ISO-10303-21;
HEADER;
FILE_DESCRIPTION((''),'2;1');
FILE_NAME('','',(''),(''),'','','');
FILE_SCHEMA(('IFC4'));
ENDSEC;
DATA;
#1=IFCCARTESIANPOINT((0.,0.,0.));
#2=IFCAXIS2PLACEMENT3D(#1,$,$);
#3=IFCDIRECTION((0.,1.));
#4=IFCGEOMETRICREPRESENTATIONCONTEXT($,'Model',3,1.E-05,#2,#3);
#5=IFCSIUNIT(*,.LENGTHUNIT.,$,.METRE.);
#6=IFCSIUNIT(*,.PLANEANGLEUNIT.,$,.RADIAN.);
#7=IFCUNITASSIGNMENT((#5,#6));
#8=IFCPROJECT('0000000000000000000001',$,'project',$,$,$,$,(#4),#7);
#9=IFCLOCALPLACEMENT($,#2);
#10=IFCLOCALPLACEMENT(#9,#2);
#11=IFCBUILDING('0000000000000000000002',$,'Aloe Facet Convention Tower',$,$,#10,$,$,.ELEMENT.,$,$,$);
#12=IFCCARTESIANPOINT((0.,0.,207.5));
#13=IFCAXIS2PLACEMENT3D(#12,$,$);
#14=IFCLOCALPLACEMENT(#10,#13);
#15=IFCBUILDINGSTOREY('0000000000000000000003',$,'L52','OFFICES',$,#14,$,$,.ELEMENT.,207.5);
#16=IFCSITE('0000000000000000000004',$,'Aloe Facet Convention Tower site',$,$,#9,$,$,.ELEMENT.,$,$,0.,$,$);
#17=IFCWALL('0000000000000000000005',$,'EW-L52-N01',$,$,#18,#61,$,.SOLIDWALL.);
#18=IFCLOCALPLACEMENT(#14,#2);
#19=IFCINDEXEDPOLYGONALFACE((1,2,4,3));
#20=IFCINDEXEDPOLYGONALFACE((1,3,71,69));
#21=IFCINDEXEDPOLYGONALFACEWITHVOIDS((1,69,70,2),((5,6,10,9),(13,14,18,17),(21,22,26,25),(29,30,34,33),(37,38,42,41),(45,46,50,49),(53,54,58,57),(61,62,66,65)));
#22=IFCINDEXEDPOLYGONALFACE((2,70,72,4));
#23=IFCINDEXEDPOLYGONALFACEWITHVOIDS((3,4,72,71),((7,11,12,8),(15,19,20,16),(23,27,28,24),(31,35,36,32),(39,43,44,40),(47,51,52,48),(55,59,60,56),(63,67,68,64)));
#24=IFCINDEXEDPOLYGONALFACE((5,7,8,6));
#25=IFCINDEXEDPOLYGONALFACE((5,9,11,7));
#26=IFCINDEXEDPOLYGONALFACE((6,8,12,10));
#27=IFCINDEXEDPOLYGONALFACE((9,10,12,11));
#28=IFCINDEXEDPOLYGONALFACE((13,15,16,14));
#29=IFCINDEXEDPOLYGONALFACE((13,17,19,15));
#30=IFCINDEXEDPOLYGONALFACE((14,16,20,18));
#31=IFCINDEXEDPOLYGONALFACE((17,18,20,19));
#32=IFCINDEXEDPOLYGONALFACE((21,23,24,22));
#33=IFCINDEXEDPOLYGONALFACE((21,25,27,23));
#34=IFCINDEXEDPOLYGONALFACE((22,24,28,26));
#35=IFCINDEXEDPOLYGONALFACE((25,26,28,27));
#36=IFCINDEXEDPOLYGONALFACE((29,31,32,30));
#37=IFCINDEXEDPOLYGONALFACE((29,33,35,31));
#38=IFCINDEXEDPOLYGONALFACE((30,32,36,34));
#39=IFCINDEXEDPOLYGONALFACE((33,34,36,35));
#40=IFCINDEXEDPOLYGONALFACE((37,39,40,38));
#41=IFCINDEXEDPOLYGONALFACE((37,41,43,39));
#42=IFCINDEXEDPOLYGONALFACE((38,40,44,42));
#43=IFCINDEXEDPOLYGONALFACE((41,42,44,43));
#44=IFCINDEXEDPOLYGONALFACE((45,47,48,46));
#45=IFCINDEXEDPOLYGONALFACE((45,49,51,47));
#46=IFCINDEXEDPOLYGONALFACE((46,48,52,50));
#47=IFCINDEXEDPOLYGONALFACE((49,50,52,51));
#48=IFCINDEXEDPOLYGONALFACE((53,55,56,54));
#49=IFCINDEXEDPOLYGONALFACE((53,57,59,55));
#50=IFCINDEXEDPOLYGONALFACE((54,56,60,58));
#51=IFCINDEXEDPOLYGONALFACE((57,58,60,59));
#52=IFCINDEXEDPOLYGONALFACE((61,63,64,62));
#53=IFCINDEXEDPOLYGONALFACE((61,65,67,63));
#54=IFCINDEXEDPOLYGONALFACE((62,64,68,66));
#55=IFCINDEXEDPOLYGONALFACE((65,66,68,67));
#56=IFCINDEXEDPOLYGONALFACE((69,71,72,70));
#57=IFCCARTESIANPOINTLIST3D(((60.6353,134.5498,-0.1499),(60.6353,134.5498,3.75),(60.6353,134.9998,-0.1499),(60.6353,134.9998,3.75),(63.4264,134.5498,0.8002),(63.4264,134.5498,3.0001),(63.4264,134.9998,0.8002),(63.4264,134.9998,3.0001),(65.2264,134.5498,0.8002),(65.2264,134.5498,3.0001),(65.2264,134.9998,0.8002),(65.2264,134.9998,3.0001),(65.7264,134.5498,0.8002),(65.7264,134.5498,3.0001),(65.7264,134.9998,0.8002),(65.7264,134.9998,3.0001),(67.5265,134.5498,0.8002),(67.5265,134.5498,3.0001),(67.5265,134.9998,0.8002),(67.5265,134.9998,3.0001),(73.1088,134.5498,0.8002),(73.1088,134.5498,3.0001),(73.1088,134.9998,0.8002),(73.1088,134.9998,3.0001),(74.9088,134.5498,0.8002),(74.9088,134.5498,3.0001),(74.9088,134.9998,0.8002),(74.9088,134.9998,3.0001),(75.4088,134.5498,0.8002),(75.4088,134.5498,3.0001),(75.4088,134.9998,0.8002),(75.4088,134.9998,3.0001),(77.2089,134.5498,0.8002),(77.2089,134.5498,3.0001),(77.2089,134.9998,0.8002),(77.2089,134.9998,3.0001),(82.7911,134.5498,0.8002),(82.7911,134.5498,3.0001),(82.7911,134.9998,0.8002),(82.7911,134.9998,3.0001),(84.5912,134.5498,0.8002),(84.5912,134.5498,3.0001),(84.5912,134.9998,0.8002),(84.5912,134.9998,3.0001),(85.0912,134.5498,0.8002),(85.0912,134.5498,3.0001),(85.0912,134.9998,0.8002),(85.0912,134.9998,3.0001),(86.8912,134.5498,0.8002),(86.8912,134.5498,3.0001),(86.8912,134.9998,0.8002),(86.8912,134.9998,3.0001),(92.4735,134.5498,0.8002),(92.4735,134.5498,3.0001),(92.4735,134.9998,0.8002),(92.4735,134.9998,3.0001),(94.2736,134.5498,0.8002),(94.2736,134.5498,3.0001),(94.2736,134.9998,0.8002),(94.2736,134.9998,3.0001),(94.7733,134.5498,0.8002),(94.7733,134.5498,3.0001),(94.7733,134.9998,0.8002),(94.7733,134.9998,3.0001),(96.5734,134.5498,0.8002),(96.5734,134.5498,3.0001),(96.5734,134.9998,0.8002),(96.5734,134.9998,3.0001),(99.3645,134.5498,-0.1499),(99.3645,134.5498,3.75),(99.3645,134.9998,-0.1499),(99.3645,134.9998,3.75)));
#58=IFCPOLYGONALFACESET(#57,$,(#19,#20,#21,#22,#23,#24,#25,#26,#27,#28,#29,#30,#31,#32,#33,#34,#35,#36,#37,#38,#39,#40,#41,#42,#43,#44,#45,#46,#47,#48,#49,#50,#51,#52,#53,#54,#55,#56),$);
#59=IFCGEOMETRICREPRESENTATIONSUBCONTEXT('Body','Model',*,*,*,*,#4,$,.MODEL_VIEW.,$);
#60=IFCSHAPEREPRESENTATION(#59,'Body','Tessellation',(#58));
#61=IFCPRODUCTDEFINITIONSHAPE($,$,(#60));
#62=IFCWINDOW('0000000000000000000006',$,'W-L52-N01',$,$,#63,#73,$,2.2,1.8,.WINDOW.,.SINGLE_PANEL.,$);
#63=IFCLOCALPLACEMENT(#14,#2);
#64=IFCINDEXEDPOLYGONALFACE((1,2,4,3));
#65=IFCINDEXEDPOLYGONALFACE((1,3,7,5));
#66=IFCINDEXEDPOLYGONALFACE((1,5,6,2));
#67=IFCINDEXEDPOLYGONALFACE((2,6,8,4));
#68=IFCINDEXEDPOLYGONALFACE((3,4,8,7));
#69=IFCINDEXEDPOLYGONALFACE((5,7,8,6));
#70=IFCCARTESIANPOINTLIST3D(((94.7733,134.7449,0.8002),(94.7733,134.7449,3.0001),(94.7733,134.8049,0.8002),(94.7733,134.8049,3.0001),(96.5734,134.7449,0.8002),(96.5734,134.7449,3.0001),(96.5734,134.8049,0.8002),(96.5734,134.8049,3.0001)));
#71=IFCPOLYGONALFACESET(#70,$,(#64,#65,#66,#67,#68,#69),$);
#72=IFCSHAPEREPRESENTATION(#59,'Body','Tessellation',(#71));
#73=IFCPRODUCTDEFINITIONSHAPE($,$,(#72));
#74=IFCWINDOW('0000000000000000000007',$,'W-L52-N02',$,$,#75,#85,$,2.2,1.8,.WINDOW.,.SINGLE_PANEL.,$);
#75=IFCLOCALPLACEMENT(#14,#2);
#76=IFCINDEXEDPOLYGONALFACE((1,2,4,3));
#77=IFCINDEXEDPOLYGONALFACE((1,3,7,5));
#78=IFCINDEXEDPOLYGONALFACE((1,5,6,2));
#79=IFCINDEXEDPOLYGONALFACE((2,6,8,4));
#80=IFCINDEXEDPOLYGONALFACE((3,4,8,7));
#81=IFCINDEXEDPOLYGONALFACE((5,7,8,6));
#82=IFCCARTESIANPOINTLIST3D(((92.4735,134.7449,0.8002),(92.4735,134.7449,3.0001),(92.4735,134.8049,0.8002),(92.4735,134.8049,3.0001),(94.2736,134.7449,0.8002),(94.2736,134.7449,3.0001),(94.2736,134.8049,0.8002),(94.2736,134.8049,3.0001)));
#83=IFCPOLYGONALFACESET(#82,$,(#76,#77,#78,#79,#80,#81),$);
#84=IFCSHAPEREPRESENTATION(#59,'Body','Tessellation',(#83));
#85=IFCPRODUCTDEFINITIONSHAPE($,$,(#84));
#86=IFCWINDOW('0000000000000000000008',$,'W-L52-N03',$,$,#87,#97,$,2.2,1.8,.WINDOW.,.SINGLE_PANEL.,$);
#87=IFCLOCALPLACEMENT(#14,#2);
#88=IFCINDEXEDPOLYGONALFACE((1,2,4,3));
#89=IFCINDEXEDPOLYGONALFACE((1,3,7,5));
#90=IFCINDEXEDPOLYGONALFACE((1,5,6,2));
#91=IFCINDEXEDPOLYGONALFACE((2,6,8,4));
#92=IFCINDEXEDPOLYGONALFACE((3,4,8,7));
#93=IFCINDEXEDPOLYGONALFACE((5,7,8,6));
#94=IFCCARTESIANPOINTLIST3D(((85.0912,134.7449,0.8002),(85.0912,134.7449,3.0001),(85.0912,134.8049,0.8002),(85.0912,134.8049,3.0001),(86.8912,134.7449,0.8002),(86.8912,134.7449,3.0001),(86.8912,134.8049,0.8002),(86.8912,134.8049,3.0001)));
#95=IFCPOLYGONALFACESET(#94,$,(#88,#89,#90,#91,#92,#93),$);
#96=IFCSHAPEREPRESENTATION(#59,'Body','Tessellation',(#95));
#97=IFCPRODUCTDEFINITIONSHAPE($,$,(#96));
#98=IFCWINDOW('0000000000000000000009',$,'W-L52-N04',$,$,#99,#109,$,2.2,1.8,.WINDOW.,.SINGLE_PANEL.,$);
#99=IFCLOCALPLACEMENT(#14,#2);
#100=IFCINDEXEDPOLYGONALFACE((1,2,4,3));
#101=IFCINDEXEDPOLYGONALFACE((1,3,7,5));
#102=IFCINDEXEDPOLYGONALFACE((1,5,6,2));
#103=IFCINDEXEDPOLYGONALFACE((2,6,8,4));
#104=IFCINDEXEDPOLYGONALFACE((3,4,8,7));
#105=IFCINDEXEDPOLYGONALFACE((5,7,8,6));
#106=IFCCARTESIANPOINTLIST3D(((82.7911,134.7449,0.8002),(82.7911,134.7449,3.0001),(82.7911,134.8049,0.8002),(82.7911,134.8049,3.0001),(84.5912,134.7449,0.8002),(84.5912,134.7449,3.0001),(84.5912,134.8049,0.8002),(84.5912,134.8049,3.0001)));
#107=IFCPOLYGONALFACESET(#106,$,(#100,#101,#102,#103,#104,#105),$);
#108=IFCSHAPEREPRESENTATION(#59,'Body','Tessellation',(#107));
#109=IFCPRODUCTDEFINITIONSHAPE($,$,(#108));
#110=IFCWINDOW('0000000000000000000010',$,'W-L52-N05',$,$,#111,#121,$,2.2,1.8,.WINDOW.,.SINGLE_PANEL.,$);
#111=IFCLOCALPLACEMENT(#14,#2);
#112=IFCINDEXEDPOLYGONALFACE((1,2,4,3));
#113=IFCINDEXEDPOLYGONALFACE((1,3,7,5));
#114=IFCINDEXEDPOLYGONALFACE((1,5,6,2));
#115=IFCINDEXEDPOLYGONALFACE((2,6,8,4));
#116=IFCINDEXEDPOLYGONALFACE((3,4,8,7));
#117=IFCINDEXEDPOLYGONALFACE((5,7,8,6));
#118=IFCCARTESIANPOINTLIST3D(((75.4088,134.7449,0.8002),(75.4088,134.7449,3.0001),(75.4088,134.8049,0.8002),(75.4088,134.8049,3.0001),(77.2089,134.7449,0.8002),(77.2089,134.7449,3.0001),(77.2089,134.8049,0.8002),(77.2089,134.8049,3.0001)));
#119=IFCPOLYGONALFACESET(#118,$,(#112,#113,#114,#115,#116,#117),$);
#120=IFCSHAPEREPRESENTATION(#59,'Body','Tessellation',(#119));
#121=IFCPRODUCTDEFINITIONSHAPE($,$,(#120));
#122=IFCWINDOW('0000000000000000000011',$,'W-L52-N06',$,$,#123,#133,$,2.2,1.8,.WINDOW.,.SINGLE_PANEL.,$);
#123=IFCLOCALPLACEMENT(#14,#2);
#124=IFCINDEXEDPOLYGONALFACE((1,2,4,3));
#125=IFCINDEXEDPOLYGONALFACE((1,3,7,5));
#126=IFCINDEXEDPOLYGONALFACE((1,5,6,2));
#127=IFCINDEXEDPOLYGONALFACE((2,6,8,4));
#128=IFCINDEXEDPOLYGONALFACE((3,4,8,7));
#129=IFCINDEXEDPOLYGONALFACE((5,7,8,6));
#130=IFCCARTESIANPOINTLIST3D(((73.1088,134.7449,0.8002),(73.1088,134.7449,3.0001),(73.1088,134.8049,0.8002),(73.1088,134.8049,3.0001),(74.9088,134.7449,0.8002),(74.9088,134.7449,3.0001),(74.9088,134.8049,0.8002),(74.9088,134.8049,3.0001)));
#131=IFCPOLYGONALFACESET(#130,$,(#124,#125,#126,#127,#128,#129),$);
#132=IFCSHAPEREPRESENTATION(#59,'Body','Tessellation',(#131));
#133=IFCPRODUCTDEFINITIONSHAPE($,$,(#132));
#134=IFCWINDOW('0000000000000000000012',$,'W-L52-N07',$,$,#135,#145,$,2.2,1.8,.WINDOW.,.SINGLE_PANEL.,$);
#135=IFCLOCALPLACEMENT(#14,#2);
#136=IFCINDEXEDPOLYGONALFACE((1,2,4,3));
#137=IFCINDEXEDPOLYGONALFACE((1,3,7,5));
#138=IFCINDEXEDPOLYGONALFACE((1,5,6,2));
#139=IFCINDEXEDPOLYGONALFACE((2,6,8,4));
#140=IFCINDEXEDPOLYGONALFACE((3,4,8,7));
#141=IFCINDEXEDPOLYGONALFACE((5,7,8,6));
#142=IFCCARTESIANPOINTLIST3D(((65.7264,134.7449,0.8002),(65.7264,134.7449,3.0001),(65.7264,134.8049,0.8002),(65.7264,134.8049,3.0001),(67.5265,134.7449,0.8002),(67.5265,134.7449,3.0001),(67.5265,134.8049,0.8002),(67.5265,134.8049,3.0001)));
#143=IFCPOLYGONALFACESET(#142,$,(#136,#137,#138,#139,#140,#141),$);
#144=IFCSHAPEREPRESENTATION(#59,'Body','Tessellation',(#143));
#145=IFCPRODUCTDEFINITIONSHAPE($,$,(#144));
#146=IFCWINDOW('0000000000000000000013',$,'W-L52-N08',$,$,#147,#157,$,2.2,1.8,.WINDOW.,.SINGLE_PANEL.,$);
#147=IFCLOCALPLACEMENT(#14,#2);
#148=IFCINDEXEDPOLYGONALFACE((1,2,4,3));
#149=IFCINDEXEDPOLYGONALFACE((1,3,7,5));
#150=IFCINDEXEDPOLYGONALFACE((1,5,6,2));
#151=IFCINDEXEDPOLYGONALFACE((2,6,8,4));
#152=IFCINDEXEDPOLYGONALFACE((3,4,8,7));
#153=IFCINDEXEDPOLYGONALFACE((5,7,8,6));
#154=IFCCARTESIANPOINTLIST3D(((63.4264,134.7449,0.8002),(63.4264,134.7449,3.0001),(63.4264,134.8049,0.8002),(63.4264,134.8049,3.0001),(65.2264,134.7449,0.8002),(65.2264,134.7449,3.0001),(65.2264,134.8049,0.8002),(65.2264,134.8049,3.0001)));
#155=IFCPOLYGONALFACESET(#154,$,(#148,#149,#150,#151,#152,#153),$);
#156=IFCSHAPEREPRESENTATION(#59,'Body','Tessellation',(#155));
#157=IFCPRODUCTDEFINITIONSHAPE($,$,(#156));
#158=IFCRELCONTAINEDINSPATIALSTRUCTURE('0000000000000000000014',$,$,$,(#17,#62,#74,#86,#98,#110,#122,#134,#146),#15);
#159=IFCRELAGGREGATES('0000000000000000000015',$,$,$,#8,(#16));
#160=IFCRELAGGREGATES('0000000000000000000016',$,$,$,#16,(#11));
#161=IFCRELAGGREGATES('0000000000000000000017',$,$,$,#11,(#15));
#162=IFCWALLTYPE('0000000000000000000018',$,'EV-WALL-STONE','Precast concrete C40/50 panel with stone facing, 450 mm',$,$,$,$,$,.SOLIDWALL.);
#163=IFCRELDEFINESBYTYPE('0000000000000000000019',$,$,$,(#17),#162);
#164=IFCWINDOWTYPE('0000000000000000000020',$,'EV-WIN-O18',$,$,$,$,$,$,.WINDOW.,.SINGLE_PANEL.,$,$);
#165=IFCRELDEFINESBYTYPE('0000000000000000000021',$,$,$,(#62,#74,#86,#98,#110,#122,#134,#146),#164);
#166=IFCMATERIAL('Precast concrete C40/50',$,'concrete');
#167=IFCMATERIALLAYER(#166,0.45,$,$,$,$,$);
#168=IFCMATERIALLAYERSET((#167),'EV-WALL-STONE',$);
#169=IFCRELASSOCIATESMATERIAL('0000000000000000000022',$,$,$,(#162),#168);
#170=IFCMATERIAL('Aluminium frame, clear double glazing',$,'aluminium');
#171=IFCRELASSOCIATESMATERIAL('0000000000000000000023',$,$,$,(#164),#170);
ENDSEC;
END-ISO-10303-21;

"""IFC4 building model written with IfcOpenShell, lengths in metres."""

from ifc_helpers import new_model, si_unit, direction, frame, frame_2d, origin, place, context, subcontext, project, spatial, polyline, rectangle, outline, extrude, material, layer, layer_set, type_object, element, fill, save


model = new_model("IFC4")

# Units and contexts
model_context = context("Model", 3, precision=1e-05, world=origin(), true_north=direction((0.0, 1.0)))
body_context = subcontext(model_context, "Body", "Model", "MODEL_VIEW")
ifc_project = project(units=[si_unit("LENGTHUNIT", "METRE"), si_unit("PLANEANGLEUNIT", "RADIAN")], contexts=[model_context])

# Site, building, storey
site_placement = place(None, origin())
site = spatial("IfcSite", under=ifc_project, at=site_placement, Name="Aloe Facet Convention Tower site", CompositionType="ELEMENT", RefElevation=0.0)
building_placement = place(site_placement, origin())
building = spatial("IfcBuilding", under=site, at=building_placement, Name="Aloe Facet Convention Tower", CompositionType="ELEMENT")
storey_placement = place(building_placement, frame((0.0, 0.0, 207.5)))
storey = spatial("IfcBuildingStorey", under=building, at=storey_placement, Name="L52", Description="OFFICES", CompositionType="ELEMENT", Elevation=207.5)

# Wall, openings, windows
ifc_material_1 = material(Name="Precast concrete C40/50", Category="concrete")
ifc_layer_1 = layer(ifc_material_1, 0.45)
ifc_layer_set_1 = layer_set([ifc_layer_1], Name="EV-WALL-STONE")
wall_type_1 = type_object("IfcWallType", Name="EV-WALL-STONE", Description="Precast concrete C40/50 panel with stone facing, 450 mm", PredefinedType="SOLIDWALL", material=ifc_layer_set_1)
wall_1_placement = place(storey_placement, frame((99.3645, 134.7749, -0.1499), z_axis=(0.0, 0.0, 1.0), x_axis=(-1.0, 0.0, 0.0)))
wall_1 = element("IfcWall", 1, at=wall_1_placement, inside=storey, type_object=wall_type_1, Name="EW-L52-N01", PredefinedType="SOLIDWALL", context=body_context, shape_type="SweptSolid", body=[
    extrude(outline(polyline([(38.7292, 0.0), (38.7292, 3.8999), (0.0, 3.8999), (0.0, 0.0), (38.7292, 0.0)])), frame((0.0, 0.2251, 0.0), z_axis=(0.0, -1.0, 0.0), x_axis=(1.0, 0.0, 0.0)), (0.0, 0.0, 1.0), 0.45),
])
opening_1_placement = place(wall_1_placement, frame((2.7913, 0.0, 0.95)))
opening_1 = element("IfcOpeningElement", 2, at=opening_1_placement, cuts=wall_1, PredefinedType="OPENING", context=body_context, shape_type="SweptSolid", body=[
    extrude(rectangle(XDim=1.8, YDim=2.2, at=frame_2d((0.8999, 1.1001))), frame((0.0, 0.2349, 0.0), z_axis=(0.0, -1.0, 0.0), x_axis=(1.0, 0.0, 0.0)), (0.0, 0.0, 1.0), 0.47),
])
opening_2_placement = place(wall_1_placement, frame((5.0911, 0.0, 0.95)))
opening_2 = element("IfcOpeningElement", 3, at=opening_2_placement, cuts=wall_1, PredefinedType="OPENING", context=body_context, shape_type="SweptSolid", body=[
    extrude(rectangle(XDim=1.8, YDim=2.2, at=frame_2d((0.8999, 1.1001))), frame((0.0, 0.2349, 0.0), z_axis=(0.0, -1.0, 0.0), x_axis=(1.0, 0.0, 0.0)), (0.0, 0.0, 1.0), 0.47),
])
opening_3_placement = place(wall_1_placement, frame((12.4734, 0.0, 0.95)))
opening_3 = element("IfcOpeningElement", 4, at=opening_3_placement, cuts=wall_1, PredefinedType="OPENING", context=body_context, shape_type="SweptSolid", body=[
    extrude(rectangle(XDim=1.8, YDim=2.2, at=frame_2d((0.8999, 1.1001))), frame((0.0, 0.2349, 0.0), z_axis=(0.0, -1.0, 0.0), x_axis=(1.0, 0.0, 0.0)), (0.0, 0.0, 1.0), 0.47),
])
opening_4_placement = place(wall_1_placement, frame((14.7734, 0.0, 0.95)))
opening_4 = element("IfcOpeningElement", 5, at=opening_4_placement, cuts=wall_1, PredefinedType="OPENING", context=body_context, shape_type="SweptSolid", body=[
    extrude(rectangle(XDim=1.8, YDim=2.2, at=frame_2d((0.8999, 1.1001))), frame((0.0, 0.2349, 0.0), z_axis=(0.0, -1.0, 0.0), x_axis=(1.0, 0.0, 0.0)), (0.0, 0.0, 1.0), 0.47),
])
opening_5_placement = place(wall_1_placement, frame((22.1558, 0.0, 0.95)))
opening_5 = element("IfcOpeningElement", 6, at=opening_5_placement, cuts=wall_1, PredefinedType="OPENING", context=body_context, shape_type="SweptSolid", body=[
    extrude(rectangle(XDim=1.8, YDim=2.2, at=frame_2d((0.8999, 1.1001))), frame((0.0, 0.2349, 0.0), z_axis=(0.0, -1.0, 0.0), x_axis=(1.0, 0.0, 0.0)), (0.0, 0.0, 1.0), 0.47),
])
opening_6_placement = place(wall_1_placement, frame((24.4558, 0.0, 0.95)))
opening_6 = element("IfcOpeningElement", 7, at=opening_6_placement, cuts=wall_1, PredefinedType="OPENING", context=body_context, shape_type="SweptSolid", body=[
    extrude(rectangle(XDim=1.8, YDim=2.2, at=frame_2d((0.8999, 1.1001))), frame((0.0, 0.2349, 0.0), z_axis=(0.0, -1.0, 0.0), x_axis=(1.0, 0.0, 0.0)), (0.0, 0.0, 1.0), 0.47),
])
opening_7_placement = place(wall_1_placement, frame((31.8381, 0.0, 0.95)))
opening_7 = element("IfcOpeningElement", 8, at=opening_7_placement, cuts=wall_1, PredefinedType="OPENING", context=body_context, shape_type="SweptSolid", body=[
    extrude(rectangle(XDim=1.8, YDim=2.2, at=frame_2d((0.8999, 1.1001))), frame((0.0, 0.2349, 0.0), z_axis=(0.0, -1.0, 0.0), x_axis=(1.0, 0.0, 0.0)), (0.0, 0.0, 1.0), 0.47),
])
opening_8_placement = place(wall_1_placement, frame((34.1382, 0.0, 0.95)))
opening_8 = element("IfcOpeningElement", 9, at=opening_8_placement, cuts=wall_1, PredefinedType="OPENING", context=body_context, shape_type="SweptSolid", body=[
    extrude(rectangle(XDim=1.8, YDim=2.2, at=frame_2d((0.8999, 1.1001))), frame((0.0, 0.2349, 0.0), z_axis=(0.0, -1.0, 0.0), x_axis=(1.0, 0.0, 0.0)), (0.0, 0.0, 1.0), 0.47),
])
ifc_material_2 = material(Name="Aluminium frame, clear double glazing", Category="aluminium")
window_type = type_object("IfcWindowType", Name="EV-WIN-O18", PartitioningType="SINGLE_PANEL", PredefinedType="WINDOW", material=ifc_material_2)
window_1_placement = place(opening_1_placement, origin())
window_1 = element("IfcWindow", 10, at=window_1_placement, inside=storey, type_object=window_type, Name="W-L52-N01", OverallHeight=2.2, OverallWidth=1.8, PartitioningType="SINGLE_PANEL", PredefinedType="WINDOW", context=body_context, shape_type="SweptSolid", body=[
    extrude(rectangle(XDim=1.8, YDim=2.2, at=frame_2d((0.8999, 1.1001))), frame((0.0, 0.03, 0.0), z_axis=(0.0, -1.0, 0.0), x_axis=(1.0, 0.0, 0.0)), (0.0, 0.0, 1.0), 0.0601),
])
fill(opening_1, window_1)
window_2_placement = place(opening_2_placement, origin())
window_2 = element("IfcWindow", 11, at=window_2_placement, inside=storey, type_object=window_type, Name="W-L52-N02", OverallHeight=2.2, OverallWidth=1.8, PartitioningType="SINGLE_PANEL", PredefinedType="WINDOW", context=body_context, shape_type="SweptSolid", body=[
    extrude(rectangle(XDim=1.8, YDim=2.2, at=frame_2d((0.8999, 1.1001))), frame((0.0, 0.03, 0.0), z_axis=(0.0, -1.0, 0.0), x_axis=(1.0, 0.0, 0.0)), (0.0, 0.0, 1.0), 0.0601),
])
fill(opening_2, window_2)
window_3_placement = place(opening_3_placement, origin())
window_3 = element("IfcWindow", 12, at=window_3_placement, inside=storey, type_object=window_type, Name="W-L52-N03", OverallHeight=2.2, OverallWidth=1.8, PartitioningType="SINGLE_PANEL", PredefinedType="WINDOW", context=body_context, shape_type="SweptSolid", body=[
    extrude(rectangle(XDim=1.8, YDim=2.2, at=frame_2d((0.8999, 1.1001))), frame((0.0, 0.03, 0.0), z_axis=(0.0, -1.0, 0.0), x_axis=(1.0, 0.0, 0.0)), (0.0, 0.0, 1.0), 0.0601),
])
fill(opening_3, window_3)
window_4_placement = place(opening_4_placement, origin())
window_4 = element("IfcWindow", 13, at=window_4_placement, inside=storey, type_object=window_type, Name="W-L52-N04", OverallHeight=2.2, OverallWidth=1.8, PartitioningType="SINGLE_PANEL", PredefinedType="WINDOW", context=body_context, shape_type="SweptSolid", body=[
    extrude(rectangle(XDim=1.8, YDim=2.2, at=frame_2d((0.8999, 1.1001))), frame((0.0, 0.03, 0.0), z_axis=(0.0, -1.0, 0.0), x_axis=(1.0, 0.0, 0.0)), (0.0, 0.0, 1.0), 0.0601),
])
fill(opening_4, window_4)
window_5_placement = place(opening_5_placement, origin())
window_5 = element("IfcWindow", 14, at=window_5_placement, inside=storey, type_object=window_type, Name="W-L52-N05", OverallHeight=2.2, OverallWidth=1.8, PartitioningType="SINGLE_PANEL", PredefinedType="WINDOW", context=body_context, shape_type="SweptSolid", body=[
    extrude(rectangle(XDim=1.8, YDim=2.2, at=frame_2d((0.8999, 1.1001))), frame((0.0, 0.03, 0.0), z_axis=(0.0, -1.0, 0.0), x_axis=(1.0, 0.0, 0.0)), (0.0, 0.0, 1.0), 0.0601),
])
fill(opening_5, window_5)
window_6_placement = place(opening_6_placement, origin())
window_6 = element("IfcWindow", 15, at=window_6_placement, inside=storey, type_object=window_type, Name="W-L52-N06", OverallHeight=2.2, OverallWidth=1.8, PartitioningType="SINGLE_PANEL", PredefinedType="WINDOW", context=body_context, shape_type="SweptSolid", body=[
    extrude(rectangle(XDim=1.8, YDim=2.2, at=frame_2d((0.8999, 1.1001))), frame((0.0, 0.03, 0.0), z_axis=(0.0, -1.0, 0.0), x_axis=(1.0, 0.0, 0.0)), (0.0, 0.0, 1.0), 0.0601),
])
fill(opening_6, window_6)
window_7_placement = place(opening_7_placement, origin())
window_7 = element("IfcWindow", 16, at=window_7_placement, inside=storey, type_object=window_type, Name="W-L52-N07", OverallHeight=2.2, OverallWidth=1.8, PartitioningType="SINGLE_PANEL", PredefinedType="WINDOW", context=body_context, shape_type="SweptSolid", body=[
    extrude(rectangle(XDim=1.8, YDim=2.2, at=frame_2d((0.8999, 1.1001))), frame((0.0, 0.03, 0.0), z_axis=(0.0, -1.0, 0.0), x_axis=(1.0, 0.0, 0.0)), (0.0, 0.0, 1.0), 0.0601),
])
fill(opening_7, window_7)
window_8_placement = place(opening_8_placement, origin())
window_8 = element("IfcWindow", 17, at=window_8_placement, inside=storey, type_object=window_type, Name="W-L52-N08", OverallHeight=2.2, OverallWidth=1.8, PartitioningType="SINGLE_PANEL", PredefinedType="WINDOW", context=body_context, shape_type="SweptSolid", body=[
    extrude(rectangle(XDim=1.8, YDim=2.2, at=frame_2d((0.8999, 1.1001))), frame((0.0, 0.03, 0.0), z_axis=(0.0, -1.0, 0.0), x_axis=(1.0, 0.0, 0.0)), (0.0, 0.0, 1.0), 0.0601),
])
fill(opening_8, window_8)

save(model, "model.ifc")
